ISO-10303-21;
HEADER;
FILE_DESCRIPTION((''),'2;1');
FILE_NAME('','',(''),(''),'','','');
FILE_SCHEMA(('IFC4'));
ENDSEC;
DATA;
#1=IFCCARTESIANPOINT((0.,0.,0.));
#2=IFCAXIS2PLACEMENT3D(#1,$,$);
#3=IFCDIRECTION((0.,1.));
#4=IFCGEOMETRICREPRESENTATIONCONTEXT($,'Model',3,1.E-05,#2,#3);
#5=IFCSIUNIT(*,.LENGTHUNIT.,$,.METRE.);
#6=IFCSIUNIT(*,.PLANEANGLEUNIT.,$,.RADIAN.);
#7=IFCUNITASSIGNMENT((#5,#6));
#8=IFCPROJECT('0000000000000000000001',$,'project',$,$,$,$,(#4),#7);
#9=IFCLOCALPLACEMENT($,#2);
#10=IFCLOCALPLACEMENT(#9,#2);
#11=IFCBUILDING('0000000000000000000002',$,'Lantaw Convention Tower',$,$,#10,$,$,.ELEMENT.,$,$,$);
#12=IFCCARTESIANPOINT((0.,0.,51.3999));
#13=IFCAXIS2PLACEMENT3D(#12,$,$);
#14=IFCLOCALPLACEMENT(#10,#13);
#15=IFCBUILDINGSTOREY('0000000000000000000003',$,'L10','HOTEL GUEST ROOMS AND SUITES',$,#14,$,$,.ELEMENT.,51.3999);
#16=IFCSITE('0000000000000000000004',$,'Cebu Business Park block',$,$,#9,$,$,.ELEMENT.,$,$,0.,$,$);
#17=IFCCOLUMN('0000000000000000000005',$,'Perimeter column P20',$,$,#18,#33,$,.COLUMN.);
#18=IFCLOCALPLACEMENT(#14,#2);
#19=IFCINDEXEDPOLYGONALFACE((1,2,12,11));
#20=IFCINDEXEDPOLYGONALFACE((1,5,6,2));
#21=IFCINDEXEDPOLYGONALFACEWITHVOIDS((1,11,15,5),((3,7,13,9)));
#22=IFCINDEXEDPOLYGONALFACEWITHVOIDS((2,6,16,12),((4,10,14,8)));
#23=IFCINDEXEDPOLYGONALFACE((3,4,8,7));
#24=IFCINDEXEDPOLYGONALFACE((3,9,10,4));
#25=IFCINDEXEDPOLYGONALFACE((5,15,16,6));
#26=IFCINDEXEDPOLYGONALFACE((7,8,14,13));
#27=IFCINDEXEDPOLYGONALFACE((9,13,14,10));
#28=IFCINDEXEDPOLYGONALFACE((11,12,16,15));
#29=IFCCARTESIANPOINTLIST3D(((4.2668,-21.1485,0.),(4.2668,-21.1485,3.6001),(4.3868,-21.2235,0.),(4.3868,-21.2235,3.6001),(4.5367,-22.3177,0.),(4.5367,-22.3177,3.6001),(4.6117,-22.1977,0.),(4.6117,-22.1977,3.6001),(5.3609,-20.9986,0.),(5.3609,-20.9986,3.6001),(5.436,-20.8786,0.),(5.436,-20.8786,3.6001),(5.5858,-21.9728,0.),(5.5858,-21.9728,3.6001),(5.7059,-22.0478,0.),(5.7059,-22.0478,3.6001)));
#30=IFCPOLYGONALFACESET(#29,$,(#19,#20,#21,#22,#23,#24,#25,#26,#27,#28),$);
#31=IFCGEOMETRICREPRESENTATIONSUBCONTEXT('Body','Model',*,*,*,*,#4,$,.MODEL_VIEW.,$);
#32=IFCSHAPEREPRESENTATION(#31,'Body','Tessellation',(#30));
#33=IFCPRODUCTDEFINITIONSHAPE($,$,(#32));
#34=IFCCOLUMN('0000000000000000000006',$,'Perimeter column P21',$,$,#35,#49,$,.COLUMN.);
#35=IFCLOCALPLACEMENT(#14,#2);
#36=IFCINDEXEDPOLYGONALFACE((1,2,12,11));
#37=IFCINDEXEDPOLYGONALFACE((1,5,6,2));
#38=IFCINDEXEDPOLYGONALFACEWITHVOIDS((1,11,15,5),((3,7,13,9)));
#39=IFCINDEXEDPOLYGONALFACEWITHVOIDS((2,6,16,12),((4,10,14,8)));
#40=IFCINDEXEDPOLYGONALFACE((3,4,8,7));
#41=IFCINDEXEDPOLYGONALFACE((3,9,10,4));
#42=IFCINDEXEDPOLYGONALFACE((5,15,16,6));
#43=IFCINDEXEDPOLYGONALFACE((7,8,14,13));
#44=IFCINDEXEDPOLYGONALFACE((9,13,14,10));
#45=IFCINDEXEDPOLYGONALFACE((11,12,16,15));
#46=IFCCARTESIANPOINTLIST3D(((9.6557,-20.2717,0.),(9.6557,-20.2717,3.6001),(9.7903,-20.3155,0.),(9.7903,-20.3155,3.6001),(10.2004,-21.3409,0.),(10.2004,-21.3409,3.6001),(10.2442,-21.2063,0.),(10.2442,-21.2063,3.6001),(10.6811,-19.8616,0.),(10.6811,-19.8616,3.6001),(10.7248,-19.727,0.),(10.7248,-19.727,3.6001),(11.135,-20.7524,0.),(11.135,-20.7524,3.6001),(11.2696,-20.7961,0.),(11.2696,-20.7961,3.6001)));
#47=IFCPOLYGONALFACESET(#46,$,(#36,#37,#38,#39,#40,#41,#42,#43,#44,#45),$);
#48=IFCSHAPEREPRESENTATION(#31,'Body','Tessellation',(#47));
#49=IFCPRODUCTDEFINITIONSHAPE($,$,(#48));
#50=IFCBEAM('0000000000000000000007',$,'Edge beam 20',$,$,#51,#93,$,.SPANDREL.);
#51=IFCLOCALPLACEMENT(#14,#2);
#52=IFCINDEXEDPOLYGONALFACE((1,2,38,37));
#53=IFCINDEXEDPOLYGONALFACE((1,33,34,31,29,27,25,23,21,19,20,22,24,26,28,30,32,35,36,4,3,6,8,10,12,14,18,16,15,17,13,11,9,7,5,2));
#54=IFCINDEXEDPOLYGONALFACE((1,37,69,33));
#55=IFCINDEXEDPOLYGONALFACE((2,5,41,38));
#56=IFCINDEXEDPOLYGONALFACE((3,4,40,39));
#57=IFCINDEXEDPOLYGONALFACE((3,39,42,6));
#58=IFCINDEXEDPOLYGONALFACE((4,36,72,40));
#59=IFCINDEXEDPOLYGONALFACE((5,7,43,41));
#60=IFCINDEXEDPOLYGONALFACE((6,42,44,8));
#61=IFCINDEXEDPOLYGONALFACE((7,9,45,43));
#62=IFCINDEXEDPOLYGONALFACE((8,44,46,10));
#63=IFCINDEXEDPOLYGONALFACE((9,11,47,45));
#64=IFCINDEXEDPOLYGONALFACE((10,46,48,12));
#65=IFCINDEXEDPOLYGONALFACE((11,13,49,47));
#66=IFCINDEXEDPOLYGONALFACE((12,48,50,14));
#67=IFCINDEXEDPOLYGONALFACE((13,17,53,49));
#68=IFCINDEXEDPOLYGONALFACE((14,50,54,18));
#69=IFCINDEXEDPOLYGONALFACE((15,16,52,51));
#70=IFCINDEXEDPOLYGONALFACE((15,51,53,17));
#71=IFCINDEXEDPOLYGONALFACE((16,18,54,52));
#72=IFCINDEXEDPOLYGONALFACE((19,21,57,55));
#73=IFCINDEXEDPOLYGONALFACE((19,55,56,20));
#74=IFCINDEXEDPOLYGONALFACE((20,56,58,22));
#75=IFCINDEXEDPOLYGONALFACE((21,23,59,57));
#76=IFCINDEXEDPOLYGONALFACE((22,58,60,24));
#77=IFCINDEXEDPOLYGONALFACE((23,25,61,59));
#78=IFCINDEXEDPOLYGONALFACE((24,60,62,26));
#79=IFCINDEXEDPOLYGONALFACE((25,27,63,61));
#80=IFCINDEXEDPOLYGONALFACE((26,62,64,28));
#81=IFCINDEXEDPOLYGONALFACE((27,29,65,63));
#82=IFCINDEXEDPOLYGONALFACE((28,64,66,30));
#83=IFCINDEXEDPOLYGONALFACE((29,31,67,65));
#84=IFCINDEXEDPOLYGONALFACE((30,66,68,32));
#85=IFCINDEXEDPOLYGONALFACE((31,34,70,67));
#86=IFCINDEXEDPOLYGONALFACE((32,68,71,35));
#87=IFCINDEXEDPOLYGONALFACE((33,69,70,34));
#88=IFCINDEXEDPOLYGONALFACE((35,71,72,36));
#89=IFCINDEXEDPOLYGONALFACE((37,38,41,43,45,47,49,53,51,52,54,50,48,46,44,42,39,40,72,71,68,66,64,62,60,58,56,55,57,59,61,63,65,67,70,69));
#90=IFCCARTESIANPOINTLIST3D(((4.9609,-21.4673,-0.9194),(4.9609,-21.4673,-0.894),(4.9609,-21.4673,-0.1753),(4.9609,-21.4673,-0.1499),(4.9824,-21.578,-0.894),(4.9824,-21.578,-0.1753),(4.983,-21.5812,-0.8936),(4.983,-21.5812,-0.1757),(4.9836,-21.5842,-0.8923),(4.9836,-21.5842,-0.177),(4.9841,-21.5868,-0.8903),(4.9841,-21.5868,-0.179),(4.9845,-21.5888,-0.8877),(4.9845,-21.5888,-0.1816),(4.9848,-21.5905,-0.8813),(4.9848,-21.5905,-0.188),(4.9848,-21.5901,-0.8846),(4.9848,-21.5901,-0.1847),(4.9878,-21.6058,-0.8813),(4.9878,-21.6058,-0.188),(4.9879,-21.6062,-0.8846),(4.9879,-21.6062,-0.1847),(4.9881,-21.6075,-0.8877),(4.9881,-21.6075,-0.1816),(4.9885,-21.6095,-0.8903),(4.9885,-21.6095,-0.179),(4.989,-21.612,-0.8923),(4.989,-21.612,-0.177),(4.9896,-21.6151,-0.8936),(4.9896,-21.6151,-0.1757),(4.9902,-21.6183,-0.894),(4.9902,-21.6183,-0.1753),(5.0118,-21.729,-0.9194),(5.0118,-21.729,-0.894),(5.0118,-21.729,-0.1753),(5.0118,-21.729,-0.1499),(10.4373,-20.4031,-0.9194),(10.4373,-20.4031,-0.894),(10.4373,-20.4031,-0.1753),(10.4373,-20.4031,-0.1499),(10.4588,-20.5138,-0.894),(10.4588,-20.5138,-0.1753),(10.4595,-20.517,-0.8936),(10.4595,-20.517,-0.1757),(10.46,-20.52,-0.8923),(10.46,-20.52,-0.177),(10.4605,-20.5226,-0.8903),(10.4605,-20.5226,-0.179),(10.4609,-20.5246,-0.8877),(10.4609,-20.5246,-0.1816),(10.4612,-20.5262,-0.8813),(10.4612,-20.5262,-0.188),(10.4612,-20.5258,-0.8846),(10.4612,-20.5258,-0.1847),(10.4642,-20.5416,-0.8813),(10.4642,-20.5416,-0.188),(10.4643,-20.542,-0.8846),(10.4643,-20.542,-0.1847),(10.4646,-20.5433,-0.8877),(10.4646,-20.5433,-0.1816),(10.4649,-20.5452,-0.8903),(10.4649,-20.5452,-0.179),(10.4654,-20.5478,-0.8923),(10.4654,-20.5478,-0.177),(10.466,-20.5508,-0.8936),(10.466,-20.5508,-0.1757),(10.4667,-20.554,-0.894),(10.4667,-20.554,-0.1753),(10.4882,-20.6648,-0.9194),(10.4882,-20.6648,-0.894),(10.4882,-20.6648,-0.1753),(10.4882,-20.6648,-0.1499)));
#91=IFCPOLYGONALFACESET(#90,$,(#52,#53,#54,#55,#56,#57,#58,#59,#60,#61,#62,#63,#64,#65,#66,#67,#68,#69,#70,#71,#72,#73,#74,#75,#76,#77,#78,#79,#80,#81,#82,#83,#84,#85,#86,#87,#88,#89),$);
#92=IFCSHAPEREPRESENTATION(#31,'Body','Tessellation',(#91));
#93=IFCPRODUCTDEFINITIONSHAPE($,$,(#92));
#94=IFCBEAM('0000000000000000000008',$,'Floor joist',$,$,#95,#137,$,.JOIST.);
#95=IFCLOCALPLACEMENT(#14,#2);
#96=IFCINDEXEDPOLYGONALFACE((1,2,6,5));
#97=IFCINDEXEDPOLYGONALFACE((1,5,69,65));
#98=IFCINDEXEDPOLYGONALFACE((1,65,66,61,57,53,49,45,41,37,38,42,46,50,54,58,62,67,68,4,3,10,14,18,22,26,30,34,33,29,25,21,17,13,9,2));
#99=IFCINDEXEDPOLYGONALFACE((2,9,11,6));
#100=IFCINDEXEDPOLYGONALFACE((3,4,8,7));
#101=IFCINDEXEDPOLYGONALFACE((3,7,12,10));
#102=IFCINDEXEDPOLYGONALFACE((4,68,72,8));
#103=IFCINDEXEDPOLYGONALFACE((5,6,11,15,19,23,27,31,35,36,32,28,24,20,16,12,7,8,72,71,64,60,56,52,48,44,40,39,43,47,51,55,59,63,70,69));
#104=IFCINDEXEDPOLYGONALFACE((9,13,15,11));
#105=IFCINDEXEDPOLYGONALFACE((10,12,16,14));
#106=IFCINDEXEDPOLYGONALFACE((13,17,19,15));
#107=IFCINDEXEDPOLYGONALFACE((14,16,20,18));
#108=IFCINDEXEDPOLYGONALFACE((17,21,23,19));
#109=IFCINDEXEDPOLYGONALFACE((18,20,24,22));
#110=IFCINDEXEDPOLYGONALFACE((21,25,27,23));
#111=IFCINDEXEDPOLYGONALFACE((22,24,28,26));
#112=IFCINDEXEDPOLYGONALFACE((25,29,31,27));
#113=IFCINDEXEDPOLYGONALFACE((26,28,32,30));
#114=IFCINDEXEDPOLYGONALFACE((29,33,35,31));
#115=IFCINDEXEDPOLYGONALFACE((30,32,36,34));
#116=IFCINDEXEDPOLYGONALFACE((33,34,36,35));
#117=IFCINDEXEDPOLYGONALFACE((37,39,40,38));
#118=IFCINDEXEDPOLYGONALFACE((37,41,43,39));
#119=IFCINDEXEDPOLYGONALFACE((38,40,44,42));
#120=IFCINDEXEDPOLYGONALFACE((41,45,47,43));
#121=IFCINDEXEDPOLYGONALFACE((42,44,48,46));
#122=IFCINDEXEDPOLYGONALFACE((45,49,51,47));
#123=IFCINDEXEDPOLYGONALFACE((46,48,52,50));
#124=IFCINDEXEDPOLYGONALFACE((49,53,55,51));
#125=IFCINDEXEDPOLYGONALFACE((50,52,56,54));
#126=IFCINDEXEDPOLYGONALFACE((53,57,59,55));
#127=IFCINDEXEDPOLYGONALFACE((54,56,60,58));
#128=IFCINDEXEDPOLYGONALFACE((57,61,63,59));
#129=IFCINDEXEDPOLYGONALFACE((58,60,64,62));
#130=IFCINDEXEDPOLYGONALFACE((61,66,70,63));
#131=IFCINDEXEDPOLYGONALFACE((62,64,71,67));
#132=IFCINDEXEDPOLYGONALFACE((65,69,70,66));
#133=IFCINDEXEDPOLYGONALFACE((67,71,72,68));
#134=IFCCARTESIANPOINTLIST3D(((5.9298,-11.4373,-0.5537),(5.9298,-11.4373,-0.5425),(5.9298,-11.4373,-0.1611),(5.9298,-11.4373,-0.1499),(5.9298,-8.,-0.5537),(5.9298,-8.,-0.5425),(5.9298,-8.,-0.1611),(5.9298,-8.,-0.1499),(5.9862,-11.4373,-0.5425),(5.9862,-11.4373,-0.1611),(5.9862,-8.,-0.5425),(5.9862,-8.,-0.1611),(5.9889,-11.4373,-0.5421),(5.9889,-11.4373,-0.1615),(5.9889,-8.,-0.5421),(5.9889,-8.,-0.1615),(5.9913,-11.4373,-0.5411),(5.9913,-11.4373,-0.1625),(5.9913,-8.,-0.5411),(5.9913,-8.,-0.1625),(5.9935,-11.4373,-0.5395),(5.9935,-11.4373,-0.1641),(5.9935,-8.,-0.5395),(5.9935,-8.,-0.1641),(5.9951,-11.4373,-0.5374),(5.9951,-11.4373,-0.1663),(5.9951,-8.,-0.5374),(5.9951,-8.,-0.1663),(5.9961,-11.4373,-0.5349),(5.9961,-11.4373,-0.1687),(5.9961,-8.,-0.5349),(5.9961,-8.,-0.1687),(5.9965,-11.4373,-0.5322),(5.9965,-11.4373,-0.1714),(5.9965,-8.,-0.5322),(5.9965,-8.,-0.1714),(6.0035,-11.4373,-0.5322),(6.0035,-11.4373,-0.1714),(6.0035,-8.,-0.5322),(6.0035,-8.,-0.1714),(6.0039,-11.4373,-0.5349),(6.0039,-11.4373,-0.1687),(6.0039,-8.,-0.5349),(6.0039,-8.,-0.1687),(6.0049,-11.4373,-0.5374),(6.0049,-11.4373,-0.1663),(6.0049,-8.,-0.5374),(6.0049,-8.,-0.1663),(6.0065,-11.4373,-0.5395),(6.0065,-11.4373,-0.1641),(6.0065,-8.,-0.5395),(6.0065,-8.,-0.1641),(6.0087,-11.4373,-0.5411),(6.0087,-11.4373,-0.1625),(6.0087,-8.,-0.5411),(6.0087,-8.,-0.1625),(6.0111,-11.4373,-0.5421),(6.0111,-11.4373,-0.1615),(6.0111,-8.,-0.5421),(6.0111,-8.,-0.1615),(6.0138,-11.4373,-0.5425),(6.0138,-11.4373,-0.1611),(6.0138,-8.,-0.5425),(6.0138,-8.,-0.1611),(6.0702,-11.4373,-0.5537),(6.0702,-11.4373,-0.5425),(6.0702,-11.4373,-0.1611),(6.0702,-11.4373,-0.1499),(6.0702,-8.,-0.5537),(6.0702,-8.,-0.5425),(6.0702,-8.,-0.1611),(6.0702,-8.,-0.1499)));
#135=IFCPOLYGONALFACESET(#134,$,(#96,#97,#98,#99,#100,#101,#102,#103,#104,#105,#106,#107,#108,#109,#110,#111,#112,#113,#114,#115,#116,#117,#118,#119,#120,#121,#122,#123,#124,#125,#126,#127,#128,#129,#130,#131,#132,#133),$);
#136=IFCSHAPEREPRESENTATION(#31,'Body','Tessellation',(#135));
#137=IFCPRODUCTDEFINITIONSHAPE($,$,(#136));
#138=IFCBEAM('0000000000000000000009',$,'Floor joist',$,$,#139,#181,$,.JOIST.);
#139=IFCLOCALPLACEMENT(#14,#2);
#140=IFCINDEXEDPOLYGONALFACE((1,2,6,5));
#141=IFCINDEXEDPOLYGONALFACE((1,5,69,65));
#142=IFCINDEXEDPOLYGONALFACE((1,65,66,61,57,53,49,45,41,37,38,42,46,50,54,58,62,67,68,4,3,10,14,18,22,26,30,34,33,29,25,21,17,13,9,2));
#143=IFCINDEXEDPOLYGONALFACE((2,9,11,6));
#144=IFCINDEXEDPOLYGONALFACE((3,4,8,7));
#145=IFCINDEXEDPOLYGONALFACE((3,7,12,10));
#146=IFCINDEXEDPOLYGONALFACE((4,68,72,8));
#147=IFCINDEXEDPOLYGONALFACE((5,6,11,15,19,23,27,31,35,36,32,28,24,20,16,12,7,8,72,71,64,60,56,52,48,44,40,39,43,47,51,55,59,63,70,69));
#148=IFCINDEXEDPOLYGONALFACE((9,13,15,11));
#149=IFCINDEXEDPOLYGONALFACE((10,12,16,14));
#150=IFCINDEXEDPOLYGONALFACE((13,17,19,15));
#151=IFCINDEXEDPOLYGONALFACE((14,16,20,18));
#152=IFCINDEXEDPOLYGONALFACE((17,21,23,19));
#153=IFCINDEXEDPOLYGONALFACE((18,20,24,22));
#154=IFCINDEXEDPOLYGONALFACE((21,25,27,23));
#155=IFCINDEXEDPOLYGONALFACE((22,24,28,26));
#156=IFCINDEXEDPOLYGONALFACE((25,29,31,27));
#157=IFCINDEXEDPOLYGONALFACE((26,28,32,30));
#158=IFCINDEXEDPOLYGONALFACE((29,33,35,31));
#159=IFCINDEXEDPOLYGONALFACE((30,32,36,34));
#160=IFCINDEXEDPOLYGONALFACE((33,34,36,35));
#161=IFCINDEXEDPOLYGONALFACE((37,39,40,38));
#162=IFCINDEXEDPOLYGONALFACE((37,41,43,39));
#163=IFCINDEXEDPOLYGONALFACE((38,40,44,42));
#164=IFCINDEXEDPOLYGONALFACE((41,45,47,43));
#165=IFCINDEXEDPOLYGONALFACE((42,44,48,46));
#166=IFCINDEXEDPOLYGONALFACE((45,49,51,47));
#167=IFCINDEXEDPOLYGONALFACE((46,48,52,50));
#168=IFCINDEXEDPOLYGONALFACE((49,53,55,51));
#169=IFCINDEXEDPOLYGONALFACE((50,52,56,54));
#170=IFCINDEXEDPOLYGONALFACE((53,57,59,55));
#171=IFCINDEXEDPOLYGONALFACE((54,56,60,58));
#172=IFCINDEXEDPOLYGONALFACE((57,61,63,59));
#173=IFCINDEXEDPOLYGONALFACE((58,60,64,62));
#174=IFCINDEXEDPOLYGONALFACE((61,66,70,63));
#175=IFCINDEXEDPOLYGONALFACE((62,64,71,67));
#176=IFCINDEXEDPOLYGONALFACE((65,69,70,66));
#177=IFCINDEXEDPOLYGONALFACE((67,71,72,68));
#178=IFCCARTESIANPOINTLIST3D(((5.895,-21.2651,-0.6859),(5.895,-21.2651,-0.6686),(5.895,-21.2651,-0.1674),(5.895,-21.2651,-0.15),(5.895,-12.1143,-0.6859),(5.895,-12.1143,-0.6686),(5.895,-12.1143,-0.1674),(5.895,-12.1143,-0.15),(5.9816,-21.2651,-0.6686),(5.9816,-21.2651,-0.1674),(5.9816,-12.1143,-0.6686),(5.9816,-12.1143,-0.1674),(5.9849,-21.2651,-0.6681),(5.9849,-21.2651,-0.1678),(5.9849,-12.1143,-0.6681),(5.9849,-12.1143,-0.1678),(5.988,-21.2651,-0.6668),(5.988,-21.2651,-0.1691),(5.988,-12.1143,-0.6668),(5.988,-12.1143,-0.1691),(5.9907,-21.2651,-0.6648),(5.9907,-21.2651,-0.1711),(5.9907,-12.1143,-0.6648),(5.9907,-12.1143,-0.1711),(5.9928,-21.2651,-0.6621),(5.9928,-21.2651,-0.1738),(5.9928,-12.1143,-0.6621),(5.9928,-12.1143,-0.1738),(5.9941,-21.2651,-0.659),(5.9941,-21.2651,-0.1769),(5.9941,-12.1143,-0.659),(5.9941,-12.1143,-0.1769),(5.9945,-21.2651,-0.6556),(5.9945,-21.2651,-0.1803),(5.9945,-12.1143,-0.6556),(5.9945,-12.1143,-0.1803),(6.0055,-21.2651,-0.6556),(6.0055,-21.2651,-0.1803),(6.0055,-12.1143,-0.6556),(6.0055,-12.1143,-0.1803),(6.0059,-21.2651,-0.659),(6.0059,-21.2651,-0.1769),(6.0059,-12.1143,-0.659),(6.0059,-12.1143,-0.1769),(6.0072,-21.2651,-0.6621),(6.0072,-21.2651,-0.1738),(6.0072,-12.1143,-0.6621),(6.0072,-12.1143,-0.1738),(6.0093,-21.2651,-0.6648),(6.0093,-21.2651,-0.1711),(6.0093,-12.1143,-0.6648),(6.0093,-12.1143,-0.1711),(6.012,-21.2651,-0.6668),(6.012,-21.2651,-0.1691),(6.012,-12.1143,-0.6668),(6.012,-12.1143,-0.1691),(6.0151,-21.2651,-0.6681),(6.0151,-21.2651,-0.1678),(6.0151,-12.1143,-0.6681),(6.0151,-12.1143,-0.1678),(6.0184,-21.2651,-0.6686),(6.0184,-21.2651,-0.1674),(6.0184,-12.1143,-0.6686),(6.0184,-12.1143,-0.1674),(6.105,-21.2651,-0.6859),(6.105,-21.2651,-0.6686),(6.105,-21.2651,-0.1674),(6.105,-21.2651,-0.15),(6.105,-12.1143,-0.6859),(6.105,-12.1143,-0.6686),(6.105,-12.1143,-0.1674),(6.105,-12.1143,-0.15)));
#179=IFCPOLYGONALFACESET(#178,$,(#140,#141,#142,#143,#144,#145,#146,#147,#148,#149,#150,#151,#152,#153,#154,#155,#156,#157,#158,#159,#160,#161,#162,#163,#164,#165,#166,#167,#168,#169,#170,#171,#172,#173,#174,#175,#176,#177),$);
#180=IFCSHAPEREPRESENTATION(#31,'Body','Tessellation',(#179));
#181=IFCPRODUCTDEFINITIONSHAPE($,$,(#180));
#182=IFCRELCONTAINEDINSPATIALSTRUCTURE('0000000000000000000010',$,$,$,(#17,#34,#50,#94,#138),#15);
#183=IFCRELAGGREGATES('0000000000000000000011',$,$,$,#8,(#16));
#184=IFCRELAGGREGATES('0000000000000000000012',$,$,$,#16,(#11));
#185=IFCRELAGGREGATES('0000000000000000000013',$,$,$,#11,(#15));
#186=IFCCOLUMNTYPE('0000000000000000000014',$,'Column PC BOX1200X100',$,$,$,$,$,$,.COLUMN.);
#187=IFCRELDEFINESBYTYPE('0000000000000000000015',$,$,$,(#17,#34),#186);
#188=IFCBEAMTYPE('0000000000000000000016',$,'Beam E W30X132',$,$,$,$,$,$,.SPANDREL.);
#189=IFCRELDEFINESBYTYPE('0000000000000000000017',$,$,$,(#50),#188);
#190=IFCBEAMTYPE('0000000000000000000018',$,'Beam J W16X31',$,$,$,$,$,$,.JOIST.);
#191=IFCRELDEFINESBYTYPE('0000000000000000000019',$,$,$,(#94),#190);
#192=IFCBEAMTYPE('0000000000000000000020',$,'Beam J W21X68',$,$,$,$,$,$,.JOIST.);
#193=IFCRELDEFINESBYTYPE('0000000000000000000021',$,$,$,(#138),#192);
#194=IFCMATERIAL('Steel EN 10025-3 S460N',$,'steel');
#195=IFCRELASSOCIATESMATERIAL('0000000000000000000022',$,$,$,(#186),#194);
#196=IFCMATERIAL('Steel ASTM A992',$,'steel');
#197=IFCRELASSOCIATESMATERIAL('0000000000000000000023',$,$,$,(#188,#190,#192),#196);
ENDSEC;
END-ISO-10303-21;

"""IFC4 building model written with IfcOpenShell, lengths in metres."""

from ifc_helpers import new_model, si_unit, direction, frame, origin, origin_2d, place, context, subcontext, project, spatial, rectangle, hollow_rectangle, i_section, extrude, material, material_profile, profile_set, type_object, element, save


model = new_model("IFC4")

# Units and contexts
model_context = context("Model", 3, precision=1e-05, world=origin(), true_north=direction((0.0, 1.0)))
body_context = subcontext(model_context, "Body", "Model", "MODEL_VIEW")
ifc_project = project(units=[si_unit("LENGTHUNIT", "METRE"), si_unit("PLANEANGLEUNIT", "RADIAN")], contexts=[model_context])

# Site, building, storey
site_placement = place(None, origin())
site = spatial("IfcSite", under=ifc_project, at=site_placement, Name="Cebu Business Park block", CompositionType="ELEMENT", RefElevation=0.0)
building_placement = place(site_placement, origin())
building = spatial("IfcBuilding", under=site, at=building_placement, Name="Lantaw Convention Tower", CompositionType="ELEMENT")
storey_placement = place(building_placement, frame((0.0, 0.0, 51.3999)))
storey = spatial("IfcBuildingStorey", under=building, at=storey_placement, Name="L10", Description="HOTEL GUEST ROOMS AND SUITES", CompositionType="ELEMENT", Elevation=51.3999)

# Columns
ifc_material_1 = material(Name="Steel EN 10025-3 S460N", Category="steel")
ifc_material_profile_1 = material_profile(ifc_material_1, hollow_rectangle(XDim=1.2, YDim=1.2, WallThickness=0.1001, at=origin_2d()), Name="BOX1200X100")
ifc_material_2 = material(Name="Concrete C60/75", Category="concrete")
ifc_material_profile_2 = material_profile(ifc_material_2, rectangle(XDim=1.0, YDim=1.0, at=origin_2d()), Name="Concrete fill of BOX1200X100")
ifc_profile_set_1 = profile_set([ifc_material_profile_1, ifc_material_profile_2], Name="Steel EN 10025-3 S460N")
column_type = type_object("IfcColumnType", Name="Column PC BOX1200X100", PredefinedType="COLUMN", material=ifc_profile_set_1)
for number, where, z_axis, x_axis, name in (
    (1, (4.9863, -21.5981, 0.0), (0.0, 0.0, 1.0), (0.97437, 0.224951, 0.0), "Perimeter column P20"),
    (2, (10.4626, -20.5339, 0.0), (0.0, 0.0, 1.0), (0.891007, 0.45399, 0.0), "Perimeter column P21"),
):
    element("IfcColumn", number, at=place(storey_placement, frame(where, z_axis=z_axis, x_axis=x_axis)), inside=storey, type_object=column_type, Name=name, PredefinedType="COLUMN", context=body_context, shape_type="SweptSolid", body=[
        extrude(hollow_rectangle(XDim=1.2, YDim=1.2, WallThickness=0.1001, at=origin_2d()), origin(), (0.0, 0.0, 1.0), 3.6001),
    ])

# Beams
ifc_material_3 = material(Name="Steel ASTM A992", Category="steel")
ifc_material_profile_3 = material_profile(ifc_material_3, i_section(OverallWidth=0.2666, OverallDepth=0.7695, WebThickness=0.0156, FlangeThickness=0.0254, FilletRadius=0.0127, at=origin_2d()), Name="W30X132")
ifc_profile_set_2 = profile_set([ifc_material_profile_3], Name="Steel ASTM A992")
beam_type_1 = type_object("IfcBeamType", Name="Beam E W30X132", PredefinedType="SPANDREL", material=ifc_profile_set_2)
beam_1_placement = place(storey_placement, frame((4.9863, -21.5981, -0.5347), z_axis=(0.981637, 0.190761, 0.0), x_axis=(-0.190761, 0.981637, 0.0)))
element("IfcBeam", 3, at=beam_1_placement, inside=storey, type_object=beam_type_1, Name="Edge beam 20", PredefinedType="SPANDREL", context=body_context, shape_type="SweptSolid", body=[
    extrude(i_section(OverallWidth=0.2666, OverallDepth=0.7695, WebThickness=0.0156, FlangeThickness=0.0254, FilletRadius=0.0127, at=origin_2d()), origin(), (0.0, 0.0, 1.0), 5.5789),
])
ifc_material_profile_4 = material_profile(ifc_material_3, i_section(OverallWidth=0.1404, OverallDepth=0.4038, WebThickness=0.0071, FlangeThickness=0.0112, FilletRadius=0.0103, at=origin_2d()), Name="W16X31")
ifc_profile_set_3 = profile_set([ifc_material_profile_4], Name="Steel ASTM A992")
beam_type_2 = type_object("IfcBeamType", Name="Beam J W16X31", PredefinedType="JOIST", material=ifc_profile_set_3)
beam_2_placement = place(storey_placement, frame((6.0, -11.4373, -0.3518), z_axis=(0.0, 1.0, 0.0), x_axis=(-1.0, 0.0, 0.0)))
element("IfcBeam", 4, at=beam_2_placement, inside=storey, type_object=beam_type_2, Name="Floor joist", PredefinedType="JOIST", context=body_context, shape_type="SweptSolid", body=[
    extrude(i_section(OverallWidth=0.1404, OverallDepth=0.4038, WebThickness=0.0071, FlangeThickness=0.0112, FilletRadius=0.0103, at=origin_2d()), origin(), (0.0, 0.0, 1.0), 3.4373),
])
ifc_material_profile_5 = material_profile(ifc_material_3, i_section(OverallWidth=0.21, OverallDepth=0.5359, WebThickness=0.011, FlangeThickness=0.0173, FilletRadius=0.0129, at=origin_2d()), Name="W21X68")
ifc_profile_set_4 = profile_set([ifc_material_profile_5], Name="Steel ASTM A992")
beam_type_3 = type_object("IfcBeamType", Name="Beam J W21X68", PredefinedType="JOIST", material=ifc_profile_set_4)
beam_3_placement = place(storey_placement, frame((6.0, -21.2651, -0.418), z_axis=(0.0, 1.0, 0.0), x_axis=(-1.0, 0.0, 0.0)))
element("IfcBeam", 5, at=beam_3_placement, inside=storey, type_object=beam_type_3, Name="Floor joist", PredefinedType="JOIST", context=body_context, shape_type="SweptSolid", body=[
    extrude(i_section(OverallWidth=0.21, OverallDepth=0.5359, WebThickness=0.011, FlangeThickness=0.0173, FilletRadius=0.0129, at=origin_2d()), origin(), (0.0, 0.0, 1.0), 9.1509),
])

save(model, "model.ifc")
